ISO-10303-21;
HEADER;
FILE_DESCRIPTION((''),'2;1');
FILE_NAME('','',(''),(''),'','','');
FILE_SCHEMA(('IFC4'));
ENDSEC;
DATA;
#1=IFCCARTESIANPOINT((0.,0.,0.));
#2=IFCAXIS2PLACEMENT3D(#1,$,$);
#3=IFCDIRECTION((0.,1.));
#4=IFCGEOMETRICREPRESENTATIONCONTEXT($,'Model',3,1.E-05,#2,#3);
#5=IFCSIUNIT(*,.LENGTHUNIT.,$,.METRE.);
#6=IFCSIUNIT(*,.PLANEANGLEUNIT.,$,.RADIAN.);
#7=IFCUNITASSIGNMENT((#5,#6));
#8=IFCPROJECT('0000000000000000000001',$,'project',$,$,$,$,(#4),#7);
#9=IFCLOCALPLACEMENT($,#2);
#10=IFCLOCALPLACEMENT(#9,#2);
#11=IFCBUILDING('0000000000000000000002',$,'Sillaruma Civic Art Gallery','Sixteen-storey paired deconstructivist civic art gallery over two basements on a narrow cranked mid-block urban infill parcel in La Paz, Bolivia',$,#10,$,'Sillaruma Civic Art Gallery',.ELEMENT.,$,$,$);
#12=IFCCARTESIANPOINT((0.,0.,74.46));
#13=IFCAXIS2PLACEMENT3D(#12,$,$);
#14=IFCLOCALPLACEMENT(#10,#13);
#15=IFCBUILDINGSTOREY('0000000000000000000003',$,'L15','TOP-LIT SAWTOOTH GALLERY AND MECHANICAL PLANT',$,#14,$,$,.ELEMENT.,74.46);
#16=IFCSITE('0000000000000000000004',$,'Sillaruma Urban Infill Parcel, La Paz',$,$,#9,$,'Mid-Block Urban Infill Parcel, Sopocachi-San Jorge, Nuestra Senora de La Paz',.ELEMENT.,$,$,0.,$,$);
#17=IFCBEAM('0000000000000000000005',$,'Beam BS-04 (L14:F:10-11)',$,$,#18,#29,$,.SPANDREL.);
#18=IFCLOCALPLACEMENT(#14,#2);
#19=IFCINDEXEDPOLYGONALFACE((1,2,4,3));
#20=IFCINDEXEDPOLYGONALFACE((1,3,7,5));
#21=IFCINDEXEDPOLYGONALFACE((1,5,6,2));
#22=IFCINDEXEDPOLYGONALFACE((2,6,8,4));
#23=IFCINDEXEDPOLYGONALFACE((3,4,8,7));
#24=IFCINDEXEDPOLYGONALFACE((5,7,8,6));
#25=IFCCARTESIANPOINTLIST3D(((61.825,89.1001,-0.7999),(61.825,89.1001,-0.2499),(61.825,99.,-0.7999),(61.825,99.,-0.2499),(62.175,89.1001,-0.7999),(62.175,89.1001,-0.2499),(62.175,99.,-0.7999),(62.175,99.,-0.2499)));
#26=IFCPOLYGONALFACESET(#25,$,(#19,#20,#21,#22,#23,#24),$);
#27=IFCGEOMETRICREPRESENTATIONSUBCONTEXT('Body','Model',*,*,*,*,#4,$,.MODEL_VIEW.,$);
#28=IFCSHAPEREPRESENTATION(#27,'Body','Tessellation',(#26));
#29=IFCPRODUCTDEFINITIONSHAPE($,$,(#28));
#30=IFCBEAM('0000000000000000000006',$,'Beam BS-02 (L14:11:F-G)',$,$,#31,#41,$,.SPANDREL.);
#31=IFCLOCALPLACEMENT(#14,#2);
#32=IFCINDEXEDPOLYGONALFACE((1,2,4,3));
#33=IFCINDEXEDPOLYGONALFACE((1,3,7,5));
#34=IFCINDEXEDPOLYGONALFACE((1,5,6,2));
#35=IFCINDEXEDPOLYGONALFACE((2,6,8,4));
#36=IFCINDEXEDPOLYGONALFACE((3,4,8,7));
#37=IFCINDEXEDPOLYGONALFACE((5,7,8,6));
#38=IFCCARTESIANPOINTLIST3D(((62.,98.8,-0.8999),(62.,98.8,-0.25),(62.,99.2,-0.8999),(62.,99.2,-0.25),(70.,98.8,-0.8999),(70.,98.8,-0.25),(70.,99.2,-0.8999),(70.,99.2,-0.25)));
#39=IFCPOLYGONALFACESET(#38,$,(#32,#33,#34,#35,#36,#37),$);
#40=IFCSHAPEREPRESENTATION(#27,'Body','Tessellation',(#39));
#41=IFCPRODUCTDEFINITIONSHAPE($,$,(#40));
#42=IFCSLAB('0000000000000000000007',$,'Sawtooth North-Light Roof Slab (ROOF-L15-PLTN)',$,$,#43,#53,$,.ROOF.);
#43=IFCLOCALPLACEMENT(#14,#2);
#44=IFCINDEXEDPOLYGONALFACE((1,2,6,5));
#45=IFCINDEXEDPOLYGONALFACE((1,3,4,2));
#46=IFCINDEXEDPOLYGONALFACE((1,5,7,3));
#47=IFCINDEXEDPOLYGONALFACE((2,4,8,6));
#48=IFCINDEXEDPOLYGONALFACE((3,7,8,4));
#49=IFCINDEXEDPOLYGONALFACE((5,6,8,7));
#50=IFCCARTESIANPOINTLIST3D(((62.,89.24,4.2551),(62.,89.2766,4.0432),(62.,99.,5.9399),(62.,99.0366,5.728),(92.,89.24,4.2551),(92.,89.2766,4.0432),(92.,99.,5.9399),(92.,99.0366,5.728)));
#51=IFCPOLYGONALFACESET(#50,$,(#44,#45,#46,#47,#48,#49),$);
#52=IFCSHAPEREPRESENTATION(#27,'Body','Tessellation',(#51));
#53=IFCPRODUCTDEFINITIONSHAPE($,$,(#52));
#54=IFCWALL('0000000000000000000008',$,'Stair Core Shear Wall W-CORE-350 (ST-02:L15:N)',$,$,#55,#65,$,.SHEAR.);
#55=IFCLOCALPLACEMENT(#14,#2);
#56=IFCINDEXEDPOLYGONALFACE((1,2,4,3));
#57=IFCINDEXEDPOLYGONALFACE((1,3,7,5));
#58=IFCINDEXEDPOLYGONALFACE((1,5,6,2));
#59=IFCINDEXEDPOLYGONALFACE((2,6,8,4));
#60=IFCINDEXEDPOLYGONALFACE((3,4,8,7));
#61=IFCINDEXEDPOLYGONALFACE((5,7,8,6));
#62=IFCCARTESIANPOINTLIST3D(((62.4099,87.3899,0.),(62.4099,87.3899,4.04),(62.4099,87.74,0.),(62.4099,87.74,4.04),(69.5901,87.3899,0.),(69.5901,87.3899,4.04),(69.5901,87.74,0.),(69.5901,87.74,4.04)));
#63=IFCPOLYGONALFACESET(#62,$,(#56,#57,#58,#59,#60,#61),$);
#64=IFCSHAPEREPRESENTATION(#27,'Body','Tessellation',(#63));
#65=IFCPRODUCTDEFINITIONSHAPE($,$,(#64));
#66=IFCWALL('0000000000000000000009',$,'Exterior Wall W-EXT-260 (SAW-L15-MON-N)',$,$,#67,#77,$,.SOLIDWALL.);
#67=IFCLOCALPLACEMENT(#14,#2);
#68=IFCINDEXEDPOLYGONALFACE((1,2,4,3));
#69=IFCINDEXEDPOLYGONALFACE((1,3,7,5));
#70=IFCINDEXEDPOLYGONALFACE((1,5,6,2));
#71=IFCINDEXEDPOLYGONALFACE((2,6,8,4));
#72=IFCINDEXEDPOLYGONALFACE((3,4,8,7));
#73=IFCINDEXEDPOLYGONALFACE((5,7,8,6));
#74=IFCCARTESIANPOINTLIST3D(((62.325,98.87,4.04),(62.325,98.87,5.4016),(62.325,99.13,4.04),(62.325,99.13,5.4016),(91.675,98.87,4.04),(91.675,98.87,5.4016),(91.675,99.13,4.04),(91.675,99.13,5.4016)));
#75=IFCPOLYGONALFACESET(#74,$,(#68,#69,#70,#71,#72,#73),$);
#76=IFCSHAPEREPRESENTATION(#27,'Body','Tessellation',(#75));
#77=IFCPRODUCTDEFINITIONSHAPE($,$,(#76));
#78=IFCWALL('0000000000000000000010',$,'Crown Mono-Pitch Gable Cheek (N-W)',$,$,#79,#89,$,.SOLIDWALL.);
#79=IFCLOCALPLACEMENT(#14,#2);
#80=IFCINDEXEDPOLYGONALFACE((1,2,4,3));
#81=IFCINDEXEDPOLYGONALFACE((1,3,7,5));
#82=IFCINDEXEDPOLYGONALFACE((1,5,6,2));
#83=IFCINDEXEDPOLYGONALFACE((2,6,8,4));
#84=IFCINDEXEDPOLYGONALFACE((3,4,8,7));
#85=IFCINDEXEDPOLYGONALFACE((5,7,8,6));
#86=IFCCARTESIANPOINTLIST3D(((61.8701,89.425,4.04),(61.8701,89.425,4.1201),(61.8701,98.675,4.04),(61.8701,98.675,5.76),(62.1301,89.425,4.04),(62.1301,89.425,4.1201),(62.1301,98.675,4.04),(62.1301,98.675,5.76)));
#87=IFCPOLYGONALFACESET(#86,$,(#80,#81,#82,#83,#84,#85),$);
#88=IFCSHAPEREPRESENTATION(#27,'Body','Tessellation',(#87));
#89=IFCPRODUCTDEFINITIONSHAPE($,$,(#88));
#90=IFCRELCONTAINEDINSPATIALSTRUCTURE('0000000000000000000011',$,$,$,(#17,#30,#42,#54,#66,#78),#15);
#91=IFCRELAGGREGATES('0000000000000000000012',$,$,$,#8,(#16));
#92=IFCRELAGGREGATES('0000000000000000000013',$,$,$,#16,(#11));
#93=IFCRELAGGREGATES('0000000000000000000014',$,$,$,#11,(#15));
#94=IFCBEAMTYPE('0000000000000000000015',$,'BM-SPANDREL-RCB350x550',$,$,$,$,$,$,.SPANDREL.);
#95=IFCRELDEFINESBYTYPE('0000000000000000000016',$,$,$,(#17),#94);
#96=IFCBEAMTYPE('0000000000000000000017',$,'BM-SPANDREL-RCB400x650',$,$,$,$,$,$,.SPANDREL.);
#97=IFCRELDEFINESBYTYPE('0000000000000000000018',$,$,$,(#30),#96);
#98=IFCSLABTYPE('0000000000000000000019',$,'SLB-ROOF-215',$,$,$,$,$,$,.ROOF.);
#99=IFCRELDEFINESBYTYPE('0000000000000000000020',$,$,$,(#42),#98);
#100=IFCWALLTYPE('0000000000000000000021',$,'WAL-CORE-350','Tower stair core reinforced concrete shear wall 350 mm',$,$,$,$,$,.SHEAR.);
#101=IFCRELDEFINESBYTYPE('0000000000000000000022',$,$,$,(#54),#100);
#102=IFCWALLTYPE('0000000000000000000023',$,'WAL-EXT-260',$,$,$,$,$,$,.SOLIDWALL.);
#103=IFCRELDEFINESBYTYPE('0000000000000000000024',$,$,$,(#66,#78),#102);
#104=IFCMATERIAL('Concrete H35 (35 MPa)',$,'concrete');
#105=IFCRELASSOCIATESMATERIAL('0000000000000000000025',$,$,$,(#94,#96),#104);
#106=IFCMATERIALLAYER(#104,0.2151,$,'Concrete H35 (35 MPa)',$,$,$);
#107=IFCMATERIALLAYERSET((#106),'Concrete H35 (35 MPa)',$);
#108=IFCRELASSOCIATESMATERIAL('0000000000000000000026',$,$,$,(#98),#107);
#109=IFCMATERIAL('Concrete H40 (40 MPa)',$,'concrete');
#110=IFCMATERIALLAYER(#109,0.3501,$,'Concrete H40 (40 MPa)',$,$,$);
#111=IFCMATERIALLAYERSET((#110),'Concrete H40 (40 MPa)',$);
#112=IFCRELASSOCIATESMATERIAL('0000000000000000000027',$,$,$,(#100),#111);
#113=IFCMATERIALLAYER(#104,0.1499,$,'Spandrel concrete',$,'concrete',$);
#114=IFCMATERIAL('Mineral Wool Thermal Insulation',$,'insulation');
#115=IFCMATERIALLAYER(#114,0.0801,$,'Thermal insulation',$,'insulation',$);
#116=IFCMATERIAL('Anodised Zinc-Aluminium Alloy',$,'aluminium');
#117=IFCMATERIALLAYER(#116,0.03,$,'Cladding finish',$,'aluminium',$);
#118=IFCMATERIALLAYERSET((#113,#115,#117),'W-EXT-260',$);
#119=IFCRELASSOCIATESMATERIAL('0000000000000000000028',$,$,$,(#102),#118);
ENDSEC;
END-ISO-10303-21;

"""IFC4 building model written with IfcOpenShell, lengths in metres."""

from ifc_helpers import new_model, si_unit, direction, frame, frame_2d, origin, origin_2d, place, context, subcontext, project, spatial, polyline, rectangle, outline, extrude, material, layer, layer_set, material_profile, profile_set, type_object, element, save


model = new_model("IFC4")

# Units and contexts
model_context = context("Model", 3, precision=1e-05, world=origin(), true_north=direction((0.0, 1.0)))
body_context = subcontext(model_context, "Body", "Model", "MODEL_VIEW")
ifc_project = project(units=[si_unit("LENGTHUNIT", "METRE"), si_unit("PLANEANGLEUNIT", "RADIAN")], contexts=[model_context])

# Site, building, storey
site_placement = place(None, origin())
site = spatial("IfcSite", under=ifc_project, at=site_placement, Name="Sillaruma Urban Infill Parcel, La Paz", LongName="Mid-Block Urban Infill Parcel, Sopocachi-San Jorge, Nuestra Senora de La Paz", CompositionType="ELEMENT", RefElevation=0.0)
building_placement = place(site_placement, origin())
building = spatial("IfcBuilding", under=site, at=building_placement, Name="Sillaruma Civic Art Gallery", Description="Sixteen-storey paired deconstructivist civic art gallery over two basements on a narrow cranked mid-block urban infill parcel in La Paz, Bolivia", LongName="Sillaruma Civic Art Gallery", CompositionType="ELEMENT")
storey_placement = place(building_placement, frame((0.0, 0.0, 74.46)))
storey = spatial("IfcBuildingStorey", under=building, at=storey_placement, Name="L15", Description="TOP-LIT SAWTOOTH GALLERY AND MECHANICAL PLANT", CompositionType="ELEMENT", Elevation=74.46)

# Shared definitions
ifc_material_1 = material(Name="Concrete H40 (40 MPa)", Category="concrete")

# Beams
ifc_material_2 = material(Name="Concrete H35 (35 MPa)", Category="concrete")
ifc_material_profile_1 = material_profile(ifc_material_2, rectangle(XDim=0.3501, YDim=0.55, at=origin_2d()), Name="RCB350x550")
ifc_profile_set_1 = profile_set([ifc_material_profile_1], Name="Concrete H35 (35 MPa)")
beam_type_1 = type_object("IfcBeamType", Name="BM-SPANDREL-RCB350x550", PredefinedType="SPANDREL", material=ifc_profile_set_1)
beam_1_placement = place(storey_placement, frame((62.0, 89.1001, -0.5249), z_axis=(0.0, 1.0, 0.0), x_axis=(-1.0, 0.0, 0.0)))
element("IfcBeam", 1, at=beam_1_placement, inside=storey, type_object=beam_type_1, Name="Beam BS-04 (L14:F:10-11)", PredefinedType="SPANDREL", context=body_context, shape_type="SweptSolid", body=[
    extrude(rectangle(XDim=0.3501, YDim=0.55, at=origin_2d()), origin(), (0.0, 0.0, 1.0), 9.8999),
])
ifc_material_profile_2 = material_profile(ifc_material_2, rectangle(XDim=0.3999, YDim=0.6499, at=origin_2d()), Name="RCB400x650")
ifc_profile_set_2 = profile_set([ifc_material_profile_2], Name="Concrete H35 (35 MPa)")
beam_type_2 = type_object("IfcBeamType", Name="BM-SPANDREL-RCB400x650", PredefinedType="SPANDREL", material=ifc_profile_set_2)
beam_2_placement = place(storey_placement, frame((62.0, 99.0, -0.575), z_axis=(1.0, 0.0, 0.0), x_axis=(0.0, 1.0, 0.0)))
element("IfcBeam", 2, at=beam_2_placement, inside=storey, type_object=beam_type_2, Name="Beam BS-02 (L14:11:F-G)", PredefinedType="SPANDREL", context=body_context, shape_type="SweptSolid", body=[
    extrude(rectangle(XDim=0.3999, YDim=0.6499, at=origin_2d()), origin(), (0.0, 0.0, 1.0), 8.0),
])

# Slab
ifc_layer_1 = layer(ifc_material_2, 0.2151, Name="Concrete H35 (35 MPa)")
ifc_layer_set_1 = layer_set([ifc_layer_1], Name="Concrete H35 (35 MPa)")
slab_type = type_object("IfcSlabType", Name="SLB-ROOF-215", PredefinedType="ROOF", material=ifc_layer_set_1)
slab_placement = place(storey_placement, frame((62.0, 89.24, 4.2551), z_axis=(0.0, -0.170108, 0.985425), x_axis=(1.0, 0.0, 0.0)))
element("IfcSlab", 3, at=slab_placement, inside=storey, type_object=slab_type, Name="Sawtooth North-Light Roof Slab (ROOF-L15-PLTN)", PredefinedType="ROOF", context=body_context, shape_type="SweptSolid", body=[
    extrude(outline(polyline([(0.0, 0.0), (30.0, 0.0), (30.0, 9.9044), (0.0, 9.9044), (0.0, 0.0)])), origin(), (0.0, 0.0, -1.0), 0.2151),
])

# Walls
ifc_layer_2 = layer(ifc_material_1, 0.3501, Name="Concrete H40 (40 MPa)")
ifc_layer_set_2 = layer_set([ifc_layer_2], Name="Concrete H40 (40 MPa)")
wall_type_1 = type_object("IfcWallType", Name="WAL-CORE-350", Description="Tower stair core reinforced concrete shear wall 350 mm", PredefinedType="SHEAR", material=ifc_layer_set_2)
wall_1_placement = place(storey_placement, frame((62.4099, 87.5649, 0.0), z_axis=(0.0, 0.0, 1.0), x_axis=(1.0, 0.0, 0.0)))
element("IfcWall", 4, at=wall_1_placement, inside=storey, type_object=wall_type_1, Name="Stair Core Shear Wall W-CORE-350 (ST-02:L15:N)", PredefinedType="SHEAR", context=body_context, shape_type="SweptSolid", body=[
    extrude(rectangle(XDim=7.1802, YDim=0.3501, at=frame_2d((3.5901, 0.0))), origin(), (0.0, 0.0, 1.0), 4.04),
])
ifc_layer_3 = layer(ifc_material_2, 0.1499, Name="Spandrel concrete", Category="concrete")
ifc_material_3 = material(Name="Mineral Wool Thermal Insulation", Category="insulation")
ifc_layer_4 = layer(ifc_material_3, 0.0801, Name="Thermal insulation", Category="insulation")
ifc_material_4 = material(Name="Anodised Zinc-Aluminium Alloy", Category="aluminium")
ifc_layer_5 = layer(ifc_material_4, 0.03, Name="Cladding finish", Category="aluminium")
ifc_layer_set_3 = layer_set([ifc_layer_3, ifc_layer_4, ifc_layer_5], Name="W-EXT-260")
wall_type_2 = type_object("IfcWallType", Name="WAL-EXT-260", PredefinedType="SOLIDWALL", material=ifc_layer_set_3)
wall_2_placement = place(storey_placement, frame((62.325, 99.0, 4.04), z_axis=(0.0, 0.0, 1.0), x_axis=(1.0, 0.0, 0.0)))
element("IfcWall", 5, at=wall_2_placement, inside=storey, type_object=wall_type_2, Name="Exterior Wall W-EXT-260 (SAW-L15-MON-N)", PredefinedType="SOLIDWALL", context=body_context, shape_type="SweptSolid", body=[
    extrude(rectangle(XDim=29.3501, YDim=0.26, at=frame_2d((14.675, 0.0))), origin(), (0.0, 0.0, 1.0), 1.3616),
])
wall_3_placement = place(storey_placement, frame((62.0, 89.425, 4.04), z_axis=(0.0, 0.0, 1.0), x_axis=(0.0, 1.0, 0.0)))
element("IfcWall", 6, at=wall_3_placement, inside=storey, type_object=wall_type_2, Name="Crown Mono-Pitch Gable Cheek (N-W)", PredefinedType="SOLIDWALL", context=body_context, shape_type="SweptSolid", body=[
    extrude(outline(polyline([(0.0, 0.0), (9.25, 0.0), (9.25, 1.72), (0.0, 0.0801), (0.0, 0.0)])), frame((0.0, 0.1299, 0.0), z_axis=(0.0, -1.0, 0.0), x_axis=(1.0, 0.0, 0.0)), (0.0, 0.0, 1.0), 0.26),
])

save(model, "model.ifc")
